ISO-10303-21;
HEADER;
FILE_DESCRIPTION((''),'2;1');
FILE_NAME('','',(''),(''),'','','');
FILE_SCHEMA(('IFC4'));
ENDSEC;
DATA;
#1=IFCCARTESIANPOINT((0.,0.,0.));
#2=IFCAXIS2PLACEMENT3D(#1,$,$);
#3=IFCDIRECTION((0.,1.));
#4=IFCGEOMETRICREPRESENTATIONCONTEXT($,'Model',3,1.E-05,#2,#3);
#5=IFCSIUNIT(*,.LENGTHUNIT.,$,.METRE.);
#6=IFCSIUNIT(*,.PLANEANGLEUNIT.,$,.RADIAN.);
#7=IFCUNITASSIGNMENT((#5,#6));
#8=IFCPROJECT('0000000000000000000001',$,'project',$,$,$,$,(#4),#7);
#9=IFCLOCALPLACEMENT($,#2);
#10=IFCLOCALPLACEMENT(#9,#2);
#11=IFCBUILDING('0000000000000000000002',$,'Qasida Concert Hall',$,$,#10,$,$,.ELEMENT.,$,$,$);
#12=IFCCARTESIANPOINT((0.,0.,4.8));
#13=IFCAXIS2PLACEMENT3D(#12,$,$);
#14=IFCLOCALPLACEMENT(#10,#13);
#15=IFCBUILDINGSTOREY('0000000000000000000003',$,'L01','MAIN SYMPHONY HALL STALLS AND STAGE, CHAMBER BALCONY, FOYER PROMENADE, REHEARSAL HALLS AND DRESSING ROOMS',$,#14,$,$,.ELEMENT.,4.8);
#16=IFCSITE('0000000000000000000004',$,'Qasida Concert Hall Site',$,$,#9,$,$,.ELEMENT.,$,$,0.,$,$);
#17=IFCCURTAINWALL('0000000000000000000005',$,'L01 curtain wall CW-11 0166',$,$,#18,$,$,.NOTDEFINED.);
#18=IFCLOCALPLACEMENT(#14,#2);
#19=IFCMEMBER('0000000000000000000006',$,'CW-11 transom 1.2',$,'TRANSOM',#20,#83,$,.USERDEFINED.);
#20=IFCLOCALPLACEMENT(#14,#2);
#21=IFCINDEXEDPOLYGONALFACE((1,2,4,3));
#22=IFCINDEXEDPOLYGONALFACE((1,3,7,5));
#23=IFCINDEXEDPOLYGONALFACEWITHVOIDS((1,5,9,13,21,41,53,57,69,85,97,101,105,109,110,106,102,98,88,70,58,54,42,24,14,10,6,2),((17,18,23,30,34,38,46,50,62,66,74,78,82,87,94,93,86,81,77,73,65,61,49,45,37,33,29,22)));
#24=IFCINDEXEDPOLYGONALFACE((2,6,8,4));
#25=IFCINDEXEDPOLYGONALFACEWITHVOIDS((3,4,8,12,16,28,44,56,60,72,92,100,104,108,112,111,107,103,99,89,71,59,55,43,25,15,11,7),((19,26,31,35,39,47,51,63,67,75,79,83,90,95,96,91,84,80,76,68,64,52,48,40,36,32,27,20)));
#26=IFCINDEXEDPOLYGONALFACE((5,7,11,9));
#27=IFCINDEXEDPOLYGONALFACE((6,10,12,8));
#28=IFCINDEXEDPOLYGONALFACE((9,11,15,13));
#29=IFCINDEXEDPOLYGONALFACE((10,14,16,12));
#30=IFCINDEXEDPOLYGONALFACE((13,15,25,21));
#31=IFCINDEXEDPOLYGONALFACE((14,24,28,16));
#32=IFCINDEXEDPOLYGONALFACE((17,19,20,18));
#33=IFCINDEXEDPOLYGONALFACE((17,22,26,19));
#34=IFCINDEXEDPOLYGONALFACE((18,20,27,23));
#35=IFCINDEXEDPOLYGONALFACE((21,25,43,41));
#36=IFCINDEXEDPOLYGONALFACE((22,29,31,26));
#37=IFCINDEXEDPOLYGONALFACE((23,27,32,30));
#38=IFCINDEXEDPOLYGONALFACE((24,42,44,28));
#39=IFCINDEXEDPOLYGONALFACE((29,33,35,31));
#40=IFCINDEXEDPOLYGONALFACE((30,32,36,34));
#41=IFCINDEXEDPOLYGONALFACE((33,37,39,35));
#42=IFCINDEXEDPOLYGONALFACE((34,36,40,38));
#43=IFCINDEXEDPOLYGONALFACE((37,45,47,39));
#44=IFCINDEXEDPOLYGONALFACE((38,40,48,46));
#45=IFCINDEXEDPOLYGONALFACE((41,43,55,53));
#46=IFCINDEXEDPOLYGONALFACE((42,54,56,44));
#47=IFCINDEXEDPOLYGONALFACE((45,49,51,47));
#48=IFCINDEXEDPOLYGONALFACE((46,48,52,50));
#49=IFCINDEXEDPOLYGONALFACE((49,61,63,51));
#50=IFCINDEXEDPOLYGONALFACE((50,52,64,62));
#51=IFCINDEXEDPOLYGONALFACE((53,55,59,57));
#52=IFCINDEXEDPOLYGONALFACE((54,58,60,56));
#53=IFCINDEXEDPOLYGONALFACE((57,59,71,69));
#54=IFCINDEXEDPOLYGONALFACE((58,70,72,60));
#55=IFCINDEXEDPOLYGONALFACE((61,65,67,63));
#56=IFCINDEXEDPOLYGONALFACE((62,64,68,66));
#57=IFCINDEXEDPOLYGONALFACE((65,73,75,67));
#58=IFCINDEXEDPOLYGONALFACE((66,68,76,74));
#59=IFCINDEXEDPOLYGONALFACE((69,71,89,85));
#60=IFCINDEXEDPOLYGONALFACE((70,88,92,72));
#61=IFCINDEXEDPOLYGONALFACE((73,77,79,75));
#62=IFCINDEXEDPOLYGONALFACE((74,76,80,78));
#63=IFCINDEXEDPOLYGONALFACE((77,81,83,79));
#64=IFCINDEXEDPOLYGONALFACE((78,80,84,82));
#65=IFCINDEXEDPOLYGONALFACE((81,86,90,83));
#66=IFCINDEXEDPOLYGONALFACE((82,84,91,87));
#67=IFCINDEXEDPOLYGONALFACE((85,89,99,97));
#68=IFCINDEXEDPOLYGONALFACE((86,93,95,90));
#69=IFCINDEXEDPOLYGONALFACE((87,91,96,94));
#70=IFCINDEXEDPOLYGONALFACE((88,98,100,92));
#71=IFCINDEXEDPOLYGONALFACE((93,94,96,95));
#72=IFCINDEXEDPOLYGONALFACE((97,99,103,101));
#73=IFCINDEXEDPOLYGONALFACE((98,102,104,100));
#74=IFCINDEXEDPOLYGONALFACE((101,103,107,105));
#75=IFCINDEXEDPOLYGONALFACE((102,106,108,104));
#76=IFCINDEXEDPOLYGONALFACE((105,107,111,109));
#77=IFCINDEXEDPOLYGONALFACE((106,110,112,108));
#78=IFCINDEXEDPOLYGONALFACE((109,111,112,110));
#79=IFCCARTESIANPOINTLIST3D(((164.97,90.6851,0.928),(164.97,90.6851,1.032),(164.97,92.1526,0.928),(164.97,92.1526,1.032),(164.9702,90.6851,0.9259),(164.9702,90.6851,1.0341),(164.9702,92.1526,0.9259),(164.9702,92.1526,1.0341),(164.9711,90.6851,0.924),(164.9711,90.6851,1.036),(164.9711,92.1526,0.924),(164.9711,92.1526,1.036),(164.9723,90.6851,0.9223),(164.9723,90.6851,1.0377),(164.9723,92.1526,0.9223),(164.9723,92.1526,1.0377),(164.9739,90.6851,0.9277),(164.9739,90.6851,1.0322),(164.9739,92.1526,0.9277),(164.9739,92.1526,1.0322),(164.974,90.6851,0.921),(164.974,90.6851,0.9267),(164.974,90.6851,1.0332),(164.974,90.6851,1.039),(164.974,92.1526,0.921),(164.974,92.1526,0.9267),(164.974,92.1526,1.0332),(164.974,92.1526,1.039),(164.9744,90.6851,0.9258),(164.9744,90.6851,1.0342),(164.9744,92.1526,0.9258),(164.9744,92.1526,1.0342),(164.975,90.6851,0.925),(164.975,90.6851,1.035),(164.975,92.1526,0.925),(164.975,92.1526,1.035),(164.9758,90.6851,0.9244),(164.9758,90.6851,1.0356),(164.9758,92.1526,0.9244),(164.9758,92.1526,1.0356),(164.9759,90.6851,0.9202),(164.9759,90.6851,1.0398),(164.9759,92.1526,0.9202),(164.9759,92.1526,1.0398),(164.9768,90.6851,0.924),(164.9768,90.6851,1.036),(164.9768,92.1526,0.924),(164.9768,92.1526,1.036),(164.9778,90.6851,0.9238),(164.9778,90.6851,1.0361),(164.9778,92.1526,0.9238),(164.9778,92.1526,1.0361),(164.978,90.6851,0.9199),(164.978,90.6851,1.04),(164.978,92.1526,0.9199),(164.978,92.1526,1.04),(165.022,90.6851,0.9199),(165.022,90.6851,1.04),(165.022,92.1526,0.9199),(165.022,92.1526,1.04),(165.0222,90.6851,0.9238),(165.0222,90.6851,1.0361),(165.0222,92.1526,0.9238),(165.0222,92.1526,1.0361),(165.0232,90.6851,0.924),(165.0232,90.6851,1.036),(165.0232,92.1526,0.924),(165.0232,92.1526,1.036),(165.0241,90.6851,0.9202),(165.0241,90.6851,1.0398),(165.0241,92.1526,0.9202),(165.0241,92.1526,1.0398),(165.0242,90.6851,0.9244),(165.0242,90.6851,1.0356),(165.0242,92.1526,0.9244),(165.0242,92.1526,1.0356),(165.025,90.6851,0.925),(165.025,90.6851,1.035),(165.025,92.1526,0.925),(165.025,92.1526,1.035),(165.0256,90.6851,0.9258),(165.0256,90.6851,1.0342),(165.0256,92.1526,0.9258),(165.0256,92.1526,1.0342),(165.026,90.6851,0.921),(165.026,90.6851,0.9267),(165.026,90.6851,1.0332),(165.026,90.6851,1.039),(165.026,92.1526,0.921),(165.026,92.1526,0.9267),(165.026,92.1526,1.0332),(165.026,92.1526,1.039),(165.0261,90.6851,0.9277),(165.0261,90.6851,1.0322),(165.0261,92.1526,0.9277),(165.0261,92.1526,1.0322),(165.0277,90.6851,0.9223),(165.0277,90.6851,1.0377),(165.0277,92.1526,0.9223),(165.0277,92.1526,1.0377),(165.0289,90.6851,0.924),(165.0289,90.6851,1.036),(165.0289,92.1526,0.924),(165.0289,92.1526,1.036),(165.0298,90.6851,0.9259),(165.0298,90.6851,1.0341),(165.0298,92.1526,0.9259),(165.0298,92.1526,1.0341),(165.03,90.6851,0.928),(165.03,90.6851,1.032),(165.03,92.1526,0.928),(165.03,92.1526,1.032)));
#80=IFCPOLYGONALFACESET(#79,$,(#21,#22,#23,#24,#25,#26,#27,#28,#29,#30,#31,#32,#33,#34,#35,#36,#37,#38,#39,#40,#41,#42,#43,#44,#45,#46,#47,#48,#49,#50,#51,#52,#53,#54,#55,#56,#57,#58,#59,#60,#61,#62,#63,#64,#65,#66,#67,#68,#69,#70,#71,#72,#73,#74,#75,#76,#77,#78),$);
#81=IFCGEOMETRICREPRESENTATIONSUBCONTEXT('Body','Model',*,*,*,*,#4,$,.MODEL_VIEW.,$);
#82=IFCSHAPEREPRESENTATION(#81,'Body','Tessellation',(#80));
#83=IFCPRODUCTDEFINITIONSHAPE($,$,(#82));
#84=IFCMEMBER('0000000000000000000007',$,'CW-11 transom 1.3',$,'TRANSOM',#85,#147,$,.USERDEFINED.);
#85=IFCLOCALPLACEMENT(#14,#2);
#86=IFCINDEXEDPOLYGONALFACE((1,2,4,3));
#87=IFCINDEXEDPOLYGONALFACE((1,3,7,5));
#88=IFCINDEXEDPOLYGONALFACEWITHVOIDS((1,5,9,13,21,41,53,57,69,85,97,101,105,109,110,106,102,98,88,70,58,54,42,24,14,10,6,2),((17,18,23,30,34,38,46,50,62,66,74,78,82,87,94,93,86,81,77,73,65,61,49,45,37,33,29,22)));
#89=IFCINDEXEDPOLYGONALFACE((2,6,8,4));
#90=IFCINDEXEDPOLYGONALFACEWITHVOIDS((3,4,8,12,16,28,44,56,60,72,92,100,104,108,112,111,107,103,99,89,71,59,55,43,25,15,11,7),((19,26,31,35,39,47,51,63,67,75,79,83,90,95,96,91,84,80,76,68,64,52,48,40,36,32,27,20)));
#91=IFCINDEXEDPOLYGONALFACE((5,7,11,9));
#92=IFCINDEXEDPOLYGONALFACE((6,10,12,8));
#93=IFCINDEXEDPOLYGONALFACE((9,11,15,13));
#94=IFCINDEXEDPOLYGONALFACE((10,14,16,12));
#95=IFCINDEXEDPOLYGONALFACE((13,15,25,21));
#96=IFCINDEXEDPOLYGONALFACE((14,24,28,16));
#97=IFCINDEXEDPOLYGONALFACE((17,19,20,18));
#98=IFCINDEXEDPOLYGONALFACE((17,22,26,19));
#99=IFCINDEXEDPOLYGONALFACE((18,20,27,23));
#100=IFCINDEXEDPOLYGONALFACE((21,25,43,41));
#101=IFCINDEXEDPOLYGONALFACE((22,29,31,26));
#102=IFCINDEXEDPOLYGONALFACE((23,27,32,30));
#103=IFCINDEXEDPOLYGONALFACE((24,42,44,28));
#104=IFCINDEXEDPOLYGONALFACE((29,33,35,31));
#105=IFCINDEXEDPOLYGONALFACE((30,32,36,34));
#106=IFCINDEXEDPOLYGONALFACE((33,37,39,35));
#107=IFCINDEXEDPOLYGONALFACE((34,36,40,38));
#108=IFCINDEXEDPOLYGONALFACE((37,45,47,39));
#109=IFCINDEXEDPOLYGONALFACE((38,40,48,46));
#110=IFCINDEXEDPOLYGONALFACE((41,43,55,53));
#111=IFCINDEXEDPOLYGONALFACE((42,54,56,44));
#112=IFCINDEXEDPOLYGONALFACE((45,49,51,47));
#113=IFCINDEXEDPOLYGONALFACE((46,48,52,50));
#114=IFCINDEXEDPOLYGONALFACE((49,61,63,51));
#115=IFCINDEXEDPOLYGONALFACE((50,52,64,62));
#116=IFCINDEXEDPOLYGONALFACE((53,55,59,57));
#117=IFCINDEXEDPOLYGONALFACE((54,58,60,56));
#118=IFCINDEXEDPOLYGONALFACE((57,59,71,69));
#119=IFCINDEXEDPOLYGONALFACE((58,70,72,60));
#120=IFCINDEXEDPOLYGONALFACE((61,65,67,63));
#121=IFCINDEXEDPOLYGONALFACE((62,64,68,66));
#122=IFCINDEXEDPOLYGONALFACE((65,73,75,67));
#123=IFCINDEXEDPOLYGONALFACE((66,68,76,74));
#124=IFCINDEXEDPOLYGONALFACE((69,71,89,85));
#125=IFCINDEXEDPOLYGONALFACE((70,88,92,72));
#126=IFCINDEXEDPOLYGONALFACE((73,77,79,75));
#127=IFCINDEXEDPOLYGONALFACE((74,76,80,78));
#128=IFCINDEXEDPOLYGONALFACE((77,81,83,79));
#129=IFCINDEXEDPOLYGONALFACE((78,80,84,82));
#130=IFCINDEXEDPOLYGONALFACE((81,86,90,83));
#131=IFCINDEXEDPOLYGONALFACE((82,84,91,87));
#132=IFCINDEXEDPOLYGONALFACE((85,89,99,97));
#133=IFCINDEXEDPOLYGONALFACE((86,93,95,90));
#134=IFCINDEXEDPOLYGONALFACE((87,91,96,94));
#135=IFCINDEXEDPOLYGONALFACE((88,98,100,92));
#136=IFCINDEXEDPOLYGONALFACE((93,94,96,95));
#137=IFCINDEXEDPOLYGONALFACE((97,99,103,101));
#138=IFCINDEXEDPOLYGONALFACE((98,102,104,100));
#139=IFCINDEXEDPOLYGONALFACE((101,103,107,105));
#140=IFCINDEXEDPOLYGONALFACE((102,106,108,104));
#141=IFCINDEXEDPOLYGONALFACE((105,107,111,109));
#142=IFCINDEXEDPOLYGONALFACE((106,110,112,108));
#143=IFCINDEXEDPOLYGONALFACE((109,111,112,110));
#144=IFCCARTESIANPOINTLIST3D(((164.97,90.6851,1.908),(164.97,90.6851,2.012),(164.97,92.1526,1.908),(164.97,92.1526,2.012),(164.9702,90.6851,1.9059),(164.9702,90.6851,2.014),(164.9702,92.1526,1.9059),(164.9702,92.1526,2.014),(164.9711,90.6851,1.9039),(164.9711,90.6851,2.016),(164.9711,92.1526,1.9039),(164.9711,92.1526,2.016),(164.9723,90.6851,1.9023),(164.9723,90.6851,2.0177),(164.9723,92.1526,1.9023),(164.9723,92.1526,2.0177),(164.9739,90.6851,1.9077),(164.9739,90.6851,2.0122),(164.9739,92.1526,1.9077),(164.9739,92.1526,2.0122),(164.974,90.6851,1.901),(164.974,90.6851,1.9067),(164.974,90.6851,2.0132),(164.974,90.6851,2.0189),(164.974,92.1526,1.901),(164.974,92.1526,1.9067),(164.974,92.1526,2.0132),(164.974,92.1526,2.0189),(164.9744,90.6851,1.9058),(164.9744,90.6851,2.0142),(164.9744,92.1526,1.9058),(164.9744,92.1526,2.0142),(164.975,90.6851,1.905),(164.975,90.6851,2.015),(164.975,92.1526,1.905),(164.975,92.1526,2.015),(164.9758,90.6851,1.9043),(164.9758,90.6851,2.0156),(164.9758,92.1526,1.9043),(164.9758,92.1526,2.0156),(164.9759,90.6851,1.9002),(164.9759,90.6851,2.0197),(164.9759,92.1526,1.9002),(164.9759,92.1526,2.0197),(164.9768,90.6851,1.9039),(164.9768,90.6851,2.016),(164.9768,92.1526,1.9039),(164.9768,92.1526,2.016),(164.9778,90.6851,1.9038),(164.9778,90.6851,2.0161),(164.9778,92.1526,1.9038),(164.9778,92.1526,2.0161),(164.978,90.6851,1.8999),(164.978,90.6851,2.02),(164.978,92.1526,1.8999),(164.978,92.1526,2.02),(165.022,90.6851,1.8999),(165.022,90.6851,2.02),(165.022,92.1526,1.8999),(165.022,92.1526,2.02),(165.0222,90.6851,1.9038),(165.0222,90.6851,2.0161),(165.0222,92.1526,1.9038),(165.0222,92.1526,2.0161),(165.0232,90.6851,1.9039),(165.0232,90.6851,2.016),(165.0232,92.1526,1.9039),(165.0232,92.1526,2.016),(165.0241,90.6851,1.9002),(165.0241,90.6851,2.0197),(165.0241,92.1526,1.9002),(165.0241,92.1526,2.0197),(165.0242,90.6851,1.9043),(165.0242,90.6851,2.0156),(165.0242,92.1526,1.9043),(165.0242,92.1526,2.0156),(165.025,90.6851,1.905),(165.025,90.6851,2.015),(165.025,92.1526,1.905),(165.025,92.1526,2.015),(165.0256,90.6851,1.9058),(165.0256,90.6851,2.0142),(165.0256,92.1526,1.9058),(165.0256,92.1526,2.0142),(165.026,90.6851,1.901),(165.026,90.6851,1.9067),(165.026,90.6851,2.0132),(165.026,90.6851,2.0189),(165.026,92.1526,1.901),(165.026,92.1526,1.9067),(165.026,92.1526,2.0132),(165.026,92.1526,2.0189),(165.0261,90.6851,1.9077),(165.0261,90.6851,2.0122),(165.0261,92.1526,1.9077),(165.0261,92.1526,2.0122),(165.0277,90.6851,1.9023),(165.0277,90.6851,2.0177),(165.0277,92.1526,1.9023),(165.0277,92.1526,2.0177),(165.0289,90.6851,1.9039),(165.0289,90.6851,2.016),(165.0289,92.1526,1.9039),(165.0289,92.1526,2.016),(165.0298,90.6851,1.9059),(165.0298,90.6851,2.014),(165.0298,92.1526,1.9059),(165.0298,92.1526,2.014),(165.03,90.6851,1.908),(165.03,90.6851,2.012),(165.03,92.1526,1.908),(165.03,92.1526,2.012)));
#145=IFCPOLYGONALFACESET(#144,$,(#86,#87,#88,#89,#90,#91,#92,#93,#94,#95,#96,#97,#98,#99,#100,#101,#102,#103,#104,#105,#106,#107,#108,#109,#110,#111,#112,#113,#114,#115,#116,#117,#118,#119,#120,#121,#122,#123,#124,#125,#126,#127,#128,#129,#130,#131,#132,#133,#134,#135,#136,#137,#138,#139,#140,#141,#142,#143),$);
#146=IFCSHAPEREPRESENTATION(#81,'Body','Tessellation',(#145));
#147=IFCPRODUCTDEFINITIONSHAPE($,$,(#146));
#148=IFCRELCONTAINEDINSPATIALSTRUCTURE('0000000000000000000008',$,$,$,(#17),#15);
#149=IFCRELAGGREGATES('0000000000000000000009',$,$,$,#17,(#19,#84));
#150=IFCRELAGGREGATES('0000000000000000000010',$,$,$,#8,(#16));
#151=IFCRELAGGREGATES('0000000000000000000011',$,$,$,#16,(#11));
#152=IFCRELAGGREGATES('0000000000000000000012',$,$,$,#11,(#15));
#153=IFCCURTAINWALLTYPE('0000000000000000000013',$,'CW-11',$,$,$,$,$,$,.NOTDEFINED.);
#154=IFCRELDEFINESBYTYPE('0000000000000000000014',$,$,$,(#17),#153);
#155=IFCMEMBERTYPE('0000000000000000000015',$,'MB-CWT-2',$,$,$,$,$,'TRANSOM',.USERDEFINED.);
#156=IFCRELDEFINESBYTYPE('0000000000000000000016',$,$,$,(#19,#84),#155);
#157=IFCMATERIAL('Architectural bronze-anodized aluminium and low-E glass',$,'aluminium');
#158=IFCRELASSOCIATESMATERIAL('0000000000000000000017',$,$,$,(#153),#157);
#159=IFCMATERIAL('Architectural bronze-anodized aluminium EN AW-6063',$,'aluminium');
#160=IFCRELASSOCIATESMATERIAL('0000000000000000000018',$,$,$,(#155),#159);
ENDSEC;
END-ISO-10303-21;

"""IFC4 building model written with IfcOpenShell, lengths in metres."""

from ifc_helpers import new_model, si_unit, direction, frame, origin, origin_2d, place, context, subcontext, project, spatial, hollow_rectangle, extrude, material, material_profile, profile_set, type_object, element, aggregate, save


model = new_model("IFC4")

# Units and contexts
model_context = context("Model", 3, precision=1e-05, world=origin(), true_north=direction((0.0, 1.0)))
body_context = subcontext(model_context, "Body", "Model", "MODEL_VIEW")
ifc_project = project(units=[si_unit("LENGTHUNIT", "METRE"), si_unit("PLANEANGLEUNIT", "RADIAN")], contexts=[model_context])

# Site, building, storey
site_placement = place(None, origin())
site = spatial("IfcSite", under=ifc_project, at=site_placement, Name="Qasida Concert Hall Site", CompositionType="ELEMENT", RefElevation=0.0)
building_placement = place(site_placement, origin())
building = spatial("IfcBuilding", under=site, at=building_placement, Name="Qasida Concert Hall", CompositionType="ELEMENT")
storey_placement = place(building_placement, frame((0.0, 0.0, 4.8)))
storey = spatial("IfcBuildingStorey", under=building, at=storey_placement, Name="L01", Description="MAIN SYMPHONY HALL STALLS AND STAGE, CHAMBER BALCONY, FOYER PROMENADE, REHEARSAL HALLS AND DRESSING ROOMS", CompositionType="ELEMENT", Elevation=4.8)

# Curtain wall, members
ifc_material_1 = material(Name="Architectural bronze-anodized aluminium and low-E glass", Category="aluminium")
curtain_wall_type = type_object("IfcCurtainWallType", Name="CW-11", PredefinedType="NOTDEFINED", material=ifc_material_1)
curtain_wall_placement = place(storey_placement, origin())
curtain_wall = element("IfcCurtainWall", 1, at=curtain_wall_placement, inside=storey, type_object=curtain_wall_type, Name="L01 curtain wall CW-11 0166", PredefinedType="NOTDEFINED")
ifc_material_2 = material(Name="Architectural bronze-anodized aluminium EN AW-6063", Category="aluminium")
ifc_material_profile_1 = material_profile(ifc_material_2, hollow_rectangle(XDim=0.0601, YDim=0.1201, WallThickness=0.0039, InnerFilletRadius=0.0039, OuterFilletRadius=0.0081, at=origin_2d()), Name="CWT 120x60x4")
ifc_profile_set_1 = profile_set([ifc_material_profile_1], Name="Architectural bronze-anodized aluminium EN AW-6063")
member_type_1 = type_object("IfcMemberType", Name="MB-CWT-2", ElementType="TRANSOM", PredefinedType="USERDEFINED", material=ifc_profile_set_1)
member_1_placement = place(storey_placement, frame((165.0, 90.6851, 0.98), z_axis=(0.0, 1.0, 0.0), x_axis=(-1.0, 0.0, 0.0)))
member_1 = element("IfcMember", 2, at=member_1_placement, type_object=member_type_1, Name="CW-11 transom 1.2", ObjectType="TRANSOM", PredefinedType="USERDEFINED", context=body_context, shape_type="SweptSolid", body=[
    extrude(hollow_rectangle(XDim=0.0601, YDim=0.1201, WallThickness=0.0039, InnerFilletRadius=0.0039, OuterFilletRadius=0.0081, at=origin_2d()), origin(), (0.0, 0.0, 1.0), 1.4675),
])
member_2_placement = place(storey_placement, frame((165.0, 90.6851, 1.96), z_axis=(0.0, 1.0, 0.0), x_axis=(-1.0, 0.0, 0.0)))
member_2 = element("IfcMember", 3, at=member_2_placement, type_object=member_type_1, Name="CW-11 transom 1.3", ObjectType="TRANSOM", PredefinedType="USERDEFINED", context=body_context, shape_type="SweptSolid", body=[
    extrude(hollow_rectangle(XDim=0.0601, YDim=0.1201, WallThickness=0.0039, InnerFilletRadius=0.0039, OuterFilletRadius=0.0081, at=origin_2d()), origin(), (0.0, 0.0, 1.0), 1.4675),
])
aggregate(curtain_wall, [member_1, member_2])

save(model, "model.ifc")
